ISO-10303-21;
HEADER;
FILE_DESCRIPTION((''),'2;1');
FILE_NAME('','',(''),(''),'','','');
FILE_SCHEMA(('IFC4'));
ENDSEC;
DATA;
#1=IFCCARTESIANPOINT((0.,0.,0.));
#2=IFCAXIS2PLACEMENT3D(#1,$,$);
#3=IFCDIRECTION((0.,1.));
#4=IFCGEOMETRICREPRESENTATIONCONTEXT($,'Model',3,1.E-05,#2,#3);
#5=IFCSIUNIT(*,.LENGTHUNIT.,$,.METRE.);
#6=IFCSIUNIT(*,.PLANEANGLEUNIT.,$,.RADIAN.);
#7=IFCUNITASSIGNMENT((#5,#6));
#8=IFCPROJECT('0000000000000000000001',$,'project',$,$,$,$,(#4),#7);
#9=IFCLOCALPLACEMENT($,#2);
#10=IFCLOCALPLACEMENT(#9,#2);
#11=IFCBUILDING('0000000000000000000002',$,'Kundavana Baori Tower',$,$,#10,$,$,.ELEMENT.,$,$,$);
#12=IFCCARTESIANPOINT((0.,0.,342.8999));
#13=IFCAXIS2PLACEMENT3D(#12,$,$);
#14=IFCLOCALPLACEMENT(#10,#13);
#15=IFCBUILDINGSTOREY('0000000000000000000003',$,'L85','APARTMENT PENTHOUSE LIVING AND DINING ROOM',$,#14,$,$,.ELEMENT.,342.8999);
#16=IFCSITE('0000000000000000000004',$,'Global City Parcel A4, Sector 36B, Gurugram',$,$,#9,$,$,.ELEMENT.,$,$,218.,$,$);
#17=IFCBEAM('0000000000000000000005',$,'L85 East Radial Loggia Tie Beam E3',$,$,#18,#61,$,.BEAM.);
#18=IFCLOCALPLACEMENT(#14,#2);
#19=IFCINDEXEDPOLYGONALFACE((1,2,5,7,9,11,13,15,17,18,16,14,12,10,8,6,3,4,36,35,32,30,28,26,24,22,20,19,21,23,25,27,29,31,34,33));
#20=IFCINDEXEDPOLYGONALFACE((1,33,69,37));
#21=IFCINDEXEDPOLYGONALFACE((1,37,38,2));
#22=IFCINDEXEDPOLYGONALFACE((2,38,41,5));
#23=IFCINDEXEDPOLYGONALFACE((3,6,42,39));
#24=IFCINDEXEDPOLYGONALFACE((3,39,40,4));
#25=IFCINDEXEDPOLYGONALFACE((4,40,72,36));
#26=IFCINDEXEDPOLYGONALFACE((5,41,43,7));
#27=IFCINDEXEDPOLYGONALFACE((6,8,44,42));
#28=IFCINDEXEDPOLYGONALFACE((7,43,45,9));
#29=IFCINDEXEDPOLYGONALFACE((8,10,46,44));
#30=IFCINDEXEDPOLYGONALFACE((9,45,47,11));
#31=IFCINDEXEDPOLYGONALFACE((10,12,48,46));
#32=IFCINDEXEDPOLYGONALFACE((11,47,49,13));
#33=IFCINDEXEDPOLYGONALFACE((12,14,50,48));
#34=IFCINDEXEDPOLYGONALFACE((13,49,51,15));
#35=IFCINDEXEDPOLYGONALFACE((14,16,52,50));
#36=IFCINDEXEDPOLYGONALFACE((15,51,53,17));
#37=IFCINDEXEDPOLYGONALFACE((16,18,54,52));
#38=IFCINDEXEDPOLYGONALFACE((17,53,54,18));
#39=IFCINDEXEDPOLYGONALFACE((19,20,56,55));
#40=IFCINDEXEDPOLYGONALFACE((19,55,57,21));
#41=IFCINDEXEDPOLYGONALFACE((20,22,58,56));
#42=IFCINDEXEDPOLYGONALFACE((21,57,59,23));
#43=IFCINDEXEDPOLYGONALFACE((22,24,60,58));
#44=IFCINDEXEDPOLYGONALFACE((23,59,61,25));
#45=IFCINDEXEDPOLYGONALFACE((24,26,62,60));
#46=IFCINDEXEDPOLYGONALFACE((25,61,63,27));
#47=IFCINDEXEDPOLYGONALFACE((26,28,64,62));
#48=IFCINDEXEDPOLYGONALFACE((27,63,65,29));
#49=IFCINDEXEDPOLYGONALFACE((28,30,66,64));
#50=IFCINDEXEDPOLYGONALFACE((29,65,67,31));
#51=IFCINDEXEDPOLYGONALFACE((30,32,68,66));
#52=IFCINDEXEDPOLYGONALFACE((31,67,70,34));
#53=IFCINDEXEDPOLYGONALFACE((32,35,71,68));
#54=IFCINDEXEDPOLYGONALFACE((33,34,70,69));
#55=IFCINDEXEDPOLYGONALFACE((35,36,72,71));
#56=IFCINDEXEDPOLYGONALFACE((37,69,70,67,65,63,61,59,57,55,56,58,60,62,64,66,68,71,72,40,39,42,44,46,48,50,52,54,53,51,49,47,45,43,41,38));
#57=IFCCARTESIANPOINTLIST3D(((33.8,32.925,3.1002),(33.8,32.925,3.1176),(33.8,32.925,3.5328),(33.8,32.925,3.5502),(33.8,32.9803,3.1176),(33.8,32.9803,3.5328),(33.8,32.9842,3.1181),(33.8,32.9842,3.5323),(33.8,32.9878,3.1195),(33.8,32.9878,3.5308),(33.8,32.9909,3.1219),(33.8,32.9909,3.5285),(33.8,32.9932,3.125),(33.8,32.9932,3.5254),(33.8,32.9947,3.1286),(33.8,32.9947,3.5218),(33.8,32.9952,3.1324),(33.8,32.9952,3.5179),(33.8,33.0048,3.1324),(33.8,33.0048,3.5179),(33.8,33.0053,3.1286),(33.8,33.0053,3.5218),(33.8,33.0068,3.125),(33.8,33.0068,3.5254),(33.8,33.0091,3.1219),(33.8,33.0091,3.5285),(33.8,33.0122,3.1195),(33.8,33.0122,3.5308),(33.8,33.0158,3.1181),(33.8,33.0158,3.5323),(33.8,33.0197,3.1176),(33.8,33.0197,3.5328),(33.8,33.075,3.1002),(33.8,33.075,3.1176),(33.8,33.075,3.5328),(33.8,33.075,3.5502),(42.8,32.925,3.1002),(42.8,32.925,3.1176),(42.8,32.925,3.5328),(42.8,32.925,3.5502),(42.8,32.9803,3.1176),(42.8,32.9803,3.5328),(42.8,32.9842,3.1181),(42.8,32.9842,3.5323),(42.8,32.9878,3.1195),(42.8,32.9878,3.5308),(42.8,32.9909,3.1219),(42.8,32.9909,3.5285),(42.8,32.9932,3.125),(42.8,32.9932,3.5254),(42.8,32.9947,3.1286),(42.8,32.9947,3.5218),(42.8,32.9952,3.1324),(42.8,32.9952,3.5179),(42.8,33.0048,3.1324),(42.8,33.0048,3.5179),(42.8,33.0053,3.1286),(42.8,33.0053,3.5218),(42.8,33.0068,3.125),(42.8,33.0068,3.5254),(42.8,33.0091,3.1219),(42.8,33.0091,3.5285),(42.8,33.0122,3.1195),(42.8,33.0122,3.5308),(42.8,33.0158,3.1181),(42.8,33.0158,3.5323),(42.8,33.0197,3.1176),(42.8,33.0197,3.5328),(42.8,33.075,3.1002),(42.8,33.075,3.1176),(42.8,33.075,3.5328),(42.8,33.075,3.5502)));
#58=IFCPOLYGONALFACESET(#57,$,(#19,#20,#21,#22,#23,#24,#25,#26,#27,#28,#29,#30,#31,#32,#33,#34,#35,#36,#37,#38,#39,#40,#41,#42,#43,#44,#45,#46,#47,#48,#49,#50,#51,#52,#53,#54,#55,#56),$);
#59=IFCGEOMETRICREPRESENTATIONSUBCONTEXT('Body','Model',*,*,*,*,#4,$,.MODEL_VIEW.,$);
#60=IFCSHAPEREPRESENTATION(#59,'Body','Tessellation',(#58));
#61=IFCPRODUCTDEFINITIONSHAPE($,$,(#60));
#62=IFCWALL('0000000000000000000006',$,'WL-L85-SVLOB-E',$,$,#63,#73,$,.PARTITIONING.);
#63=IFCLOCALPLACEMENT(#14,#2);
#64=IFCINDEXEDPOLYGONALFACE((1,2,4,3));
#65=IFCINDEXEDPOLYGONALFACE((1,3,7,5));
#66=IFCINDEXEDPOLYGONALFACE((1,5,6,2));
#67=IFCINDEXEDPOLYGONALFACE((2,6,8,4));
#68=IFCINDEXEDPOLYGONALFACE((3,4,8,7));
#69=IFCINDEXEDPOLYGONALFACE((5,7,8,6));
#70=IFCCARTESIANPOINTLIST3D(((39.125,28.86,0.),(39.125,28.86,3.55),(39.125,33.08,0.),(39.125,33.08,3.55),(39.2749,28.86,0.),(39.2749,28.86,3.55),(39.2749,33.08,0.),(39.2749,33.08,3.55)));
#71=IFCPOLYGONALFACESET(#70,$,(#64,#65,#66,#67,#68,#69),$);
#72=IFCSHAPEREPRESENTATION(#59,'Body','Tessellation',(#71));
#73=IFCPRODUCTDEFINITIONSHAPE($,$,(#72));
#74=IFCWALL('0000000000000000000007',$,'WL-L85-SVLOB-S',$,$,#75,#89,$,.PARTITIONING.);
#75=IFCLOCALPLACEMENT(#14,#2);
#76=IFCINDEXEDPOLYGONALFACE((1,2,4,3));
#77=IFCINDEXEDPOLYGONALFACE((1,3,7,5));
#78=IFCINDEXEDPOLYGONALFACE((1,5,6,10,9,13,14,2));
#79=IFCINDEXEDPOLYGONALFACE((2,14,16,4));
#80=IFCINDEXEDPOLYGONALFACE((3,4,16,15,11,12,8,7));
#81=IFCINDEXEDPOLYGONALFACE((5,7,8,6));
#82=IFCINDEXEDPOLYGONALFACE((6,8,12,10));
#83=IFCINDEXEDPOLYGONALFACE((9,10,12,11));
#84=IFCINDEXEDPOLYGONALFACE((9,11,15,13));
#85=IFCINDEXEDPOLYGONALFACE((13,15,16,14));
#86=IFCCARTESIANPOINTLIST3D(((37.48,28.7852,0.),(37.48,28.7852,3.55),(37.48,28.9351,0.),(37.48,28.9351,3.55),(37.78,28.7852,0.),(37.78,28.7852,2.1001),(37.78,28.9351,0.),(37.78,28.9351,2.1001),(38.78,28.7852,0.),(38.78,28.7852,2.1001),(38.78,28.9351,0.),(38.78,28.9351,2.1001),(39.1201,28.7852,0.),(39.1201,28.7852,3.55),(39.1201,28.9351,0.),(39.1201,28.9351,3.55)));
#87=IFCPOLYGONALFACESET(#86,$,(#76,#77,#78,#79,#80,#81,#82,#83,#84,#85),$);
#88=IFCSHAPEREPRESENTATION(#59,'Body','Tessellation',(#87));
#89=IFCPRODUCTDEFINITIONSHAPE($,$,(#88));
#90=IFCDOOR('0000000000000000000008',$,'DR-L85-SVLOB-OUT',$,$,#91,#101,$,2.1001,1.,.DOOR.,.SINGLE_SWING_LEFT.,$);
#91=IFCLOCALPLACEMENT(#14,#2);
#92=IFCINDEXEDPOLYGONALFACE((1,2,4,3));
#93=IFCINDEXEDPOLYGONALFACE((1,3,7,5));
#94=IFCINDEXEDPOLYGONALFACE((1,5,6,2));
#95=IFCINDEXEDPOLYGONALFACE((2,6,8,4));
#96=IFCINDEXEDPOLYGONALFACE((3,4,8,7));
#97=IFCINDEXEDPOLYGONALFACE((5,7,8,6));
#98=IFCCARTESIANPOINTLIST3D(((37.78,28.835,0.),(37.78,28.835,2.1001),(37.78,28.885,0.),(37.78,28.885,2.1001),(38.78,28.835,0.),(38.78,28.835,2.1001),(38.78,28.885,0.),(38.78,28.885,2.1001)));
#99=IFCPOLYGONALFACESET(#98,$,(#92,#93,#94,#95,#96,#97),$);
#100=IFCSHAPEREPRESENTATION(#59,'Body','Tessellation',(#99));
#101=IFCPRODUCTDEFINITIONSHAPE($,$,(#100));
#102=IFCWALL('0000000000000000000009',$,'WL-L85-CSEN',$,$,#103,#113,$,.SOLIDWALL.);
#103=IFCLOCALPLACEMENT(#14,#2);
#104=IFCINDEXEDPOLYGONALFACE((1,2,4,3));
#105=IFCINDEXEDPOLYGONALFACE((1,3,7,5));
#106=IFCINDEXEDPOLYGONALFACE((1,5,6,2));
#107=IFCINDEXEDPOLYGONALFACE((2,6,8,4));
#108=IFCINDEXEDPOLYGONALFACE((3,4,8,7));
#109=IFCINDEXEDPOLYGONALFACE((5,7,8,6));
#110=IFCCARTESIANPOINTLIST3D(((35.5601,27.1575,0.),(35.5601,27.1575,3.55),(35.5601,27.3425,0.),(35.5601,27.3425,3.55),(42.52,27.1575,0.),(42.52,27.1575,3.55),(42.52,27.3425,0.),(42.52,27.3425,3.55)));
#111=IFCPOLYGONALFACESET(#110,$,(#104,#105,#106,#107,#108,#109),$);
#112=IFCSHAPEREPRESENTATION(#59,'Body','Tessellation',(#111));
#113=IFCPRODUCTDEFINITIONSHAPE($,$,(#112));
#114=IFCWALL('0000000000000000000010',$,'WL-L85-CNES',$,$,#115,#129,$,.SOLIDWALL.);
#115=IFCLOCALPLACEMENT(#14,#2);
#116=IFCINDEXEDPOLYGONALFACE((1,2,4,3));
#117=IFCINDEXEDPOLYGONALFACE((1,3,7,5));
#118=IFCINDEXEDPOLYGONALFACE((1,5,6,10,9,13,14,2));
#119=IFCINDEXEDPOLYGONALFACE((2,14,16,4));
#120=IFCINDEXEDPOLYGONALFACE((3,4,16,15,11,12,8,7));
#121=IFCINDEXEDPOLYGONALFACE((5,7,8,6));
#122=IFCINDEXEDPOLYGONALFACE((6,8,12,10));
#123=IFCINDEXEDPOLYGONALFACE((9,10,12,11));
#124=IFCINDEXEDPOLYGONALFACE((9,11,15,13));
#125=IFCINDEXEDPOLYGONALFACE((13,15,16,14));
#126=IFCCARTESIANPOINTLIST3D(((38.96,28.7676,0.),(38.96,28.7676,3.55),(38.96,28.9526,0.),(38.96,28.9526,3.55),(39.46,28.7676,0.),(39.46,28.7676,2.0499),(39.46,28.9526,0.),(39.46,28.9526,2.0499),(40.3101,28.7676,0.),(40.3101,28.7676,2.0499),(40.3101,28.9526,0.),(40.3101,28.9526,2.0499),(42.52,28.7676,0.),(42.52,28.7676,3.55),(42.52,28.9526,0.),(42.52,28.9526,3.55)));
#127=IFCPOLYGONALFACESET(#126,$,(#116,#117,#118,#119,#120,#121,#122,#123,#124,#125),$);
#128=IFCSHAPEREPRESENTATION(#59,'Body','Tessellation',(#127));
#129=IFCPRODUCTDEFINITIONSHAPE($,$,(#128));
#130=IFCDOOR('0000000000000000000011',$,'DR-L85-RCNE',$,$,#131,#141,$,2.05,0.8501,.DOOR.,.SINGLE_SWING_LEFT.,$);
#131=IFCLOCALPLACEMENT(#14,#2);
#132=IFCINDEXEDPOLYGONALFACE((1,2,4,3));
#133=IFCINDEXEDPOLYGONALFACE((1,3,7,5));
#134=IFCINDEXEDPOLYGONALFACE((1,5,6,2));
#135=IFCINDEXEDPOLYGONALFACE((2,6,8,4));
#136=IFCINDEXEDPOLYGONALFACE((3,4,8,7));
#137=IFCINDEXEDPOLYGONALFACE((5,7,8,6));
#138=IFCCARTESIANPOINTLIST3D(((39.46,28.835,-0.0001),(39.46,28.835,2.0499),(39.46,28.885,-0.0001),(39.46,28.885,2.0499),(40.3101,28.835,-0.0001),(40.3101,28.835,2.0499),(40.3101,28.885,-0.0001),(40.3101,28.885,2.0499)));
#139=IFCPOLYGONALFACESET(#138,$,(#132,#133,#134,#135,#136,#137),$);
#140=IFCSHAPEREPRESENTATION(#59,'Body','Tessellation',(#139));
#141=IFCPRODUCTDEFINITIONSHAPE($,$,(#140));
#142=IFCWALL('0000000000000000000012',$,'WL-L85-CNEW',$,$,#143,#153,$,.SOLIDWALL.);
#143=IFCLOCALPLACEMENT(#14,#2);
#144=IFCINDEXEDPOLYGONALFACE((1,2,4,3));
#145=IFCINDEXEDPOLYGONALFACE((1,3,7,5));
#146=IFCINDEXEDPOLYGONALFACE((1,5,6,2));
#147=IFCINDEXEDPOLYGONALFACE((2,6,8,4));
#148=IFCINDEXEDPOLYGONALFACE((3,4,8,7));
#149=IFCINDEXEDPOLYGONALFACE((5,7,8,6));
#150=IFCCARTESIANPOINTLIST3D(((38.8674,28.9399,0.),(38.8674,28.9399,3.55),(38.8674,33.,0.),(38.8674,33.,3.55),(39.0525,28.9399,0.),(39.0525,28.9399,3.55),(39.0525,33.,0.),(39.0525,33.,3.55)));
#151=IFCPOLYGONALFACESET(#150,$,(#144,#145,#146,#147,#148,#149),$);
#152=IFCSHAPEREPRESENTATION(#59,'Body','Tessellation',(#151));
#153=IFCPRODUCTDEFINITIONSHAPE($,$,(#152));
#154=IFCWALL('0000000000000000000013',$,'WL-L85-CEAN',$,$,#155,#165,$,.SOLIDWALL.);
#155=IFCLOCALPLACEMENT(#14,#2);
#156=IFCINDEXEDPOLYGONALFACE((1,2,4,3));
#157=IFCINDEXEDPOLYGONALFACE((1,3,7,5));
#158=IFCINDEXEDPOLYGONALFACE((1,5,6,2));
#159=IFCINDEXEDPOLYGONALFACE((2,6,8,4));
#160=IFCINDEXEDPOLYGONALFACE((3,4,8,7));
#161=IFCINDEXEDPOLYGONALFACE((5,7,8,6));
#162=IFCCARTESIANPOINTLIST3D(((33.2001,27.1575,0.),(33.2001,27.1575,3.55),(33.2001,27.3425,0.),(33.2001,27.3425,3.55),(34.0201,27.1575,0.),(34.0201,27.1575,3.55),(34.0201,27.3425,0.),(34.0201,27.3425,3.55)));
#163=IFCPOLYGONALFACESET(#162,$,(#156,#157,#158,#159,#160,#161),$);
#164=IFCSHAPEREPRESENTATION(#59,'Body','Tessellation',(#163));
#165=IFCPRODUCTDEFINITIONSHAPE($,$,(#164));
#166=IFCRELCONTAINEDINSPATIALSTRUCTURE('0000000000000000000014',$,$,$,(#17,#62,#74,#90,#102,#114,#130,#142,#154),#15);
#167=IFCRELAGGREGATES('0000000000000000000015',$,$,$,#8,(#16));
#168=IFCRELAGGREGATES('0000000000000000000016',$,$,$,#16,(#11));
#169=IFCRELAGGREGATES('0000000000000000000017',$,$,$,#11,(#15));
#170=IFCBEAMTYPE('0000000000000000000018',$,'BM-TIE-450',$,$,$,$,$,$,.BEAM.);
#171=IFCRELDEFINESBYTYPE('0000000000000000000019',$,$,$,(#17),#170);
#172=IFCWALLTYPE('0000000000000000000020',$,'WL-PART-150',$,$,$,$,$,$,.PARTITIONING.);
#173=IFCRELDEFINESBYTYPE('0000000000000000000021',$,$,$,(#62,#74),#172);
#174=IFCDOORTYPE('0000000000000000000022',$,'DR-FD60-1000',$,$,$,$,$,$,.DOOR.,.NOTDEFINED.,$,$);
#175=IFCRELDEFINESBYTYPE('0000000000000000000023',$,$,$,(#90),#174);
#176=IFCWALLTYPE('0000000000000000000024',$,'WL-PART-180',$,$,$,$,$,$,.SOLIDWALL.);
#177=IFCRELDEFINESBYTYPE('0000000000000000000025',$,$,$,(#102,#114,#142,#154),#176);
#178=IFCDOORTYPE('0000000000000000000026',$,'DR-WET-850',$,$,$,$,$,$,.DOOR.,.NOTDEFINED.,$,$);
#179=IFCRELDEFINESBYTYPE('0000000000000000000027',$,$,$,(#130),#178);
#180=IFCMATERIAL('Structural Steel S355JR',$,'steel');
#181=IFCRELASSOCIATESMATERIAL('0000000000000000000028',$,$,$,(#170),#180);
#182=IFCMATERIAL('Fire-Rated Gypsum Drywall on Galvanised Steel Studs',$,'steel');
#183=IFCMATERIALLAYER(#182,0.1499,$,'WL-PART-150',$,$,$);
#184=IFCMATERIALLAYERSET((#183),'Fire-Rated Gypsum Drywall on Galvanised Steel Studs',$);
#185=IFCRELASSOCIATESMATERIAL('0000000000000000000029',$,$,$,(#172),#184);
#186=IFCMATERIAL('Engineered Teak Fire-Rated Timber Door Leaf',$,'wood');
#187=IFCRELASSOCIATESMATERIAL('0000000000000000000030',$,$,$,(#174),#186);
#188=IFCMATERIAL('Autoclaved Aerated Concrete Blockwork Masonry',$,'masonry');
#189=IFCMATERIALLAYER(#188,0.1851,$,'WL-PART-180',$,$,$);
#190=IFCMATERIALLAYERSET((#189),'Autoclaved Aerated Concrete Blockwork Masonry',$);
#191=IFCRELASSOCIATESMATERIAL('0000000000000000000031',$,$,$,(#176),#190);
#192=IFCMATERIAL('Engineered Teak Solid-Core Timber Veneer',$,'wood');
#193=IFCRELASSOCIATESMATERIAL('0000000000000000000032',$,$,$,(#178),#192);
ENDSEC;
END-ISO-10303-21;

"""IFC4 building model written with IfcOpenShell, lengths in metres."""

from ifc_helpers import new_model, si_unit, direction, frame, frame_2d, origin, origin_2d, place, context, subcontext, project, spatial, rectangle, i_section, extrude, material, layer, layer_set, material_profile, profile_set, type_object, element, fill, save


model = new_model("IFC4")

# Units and contexts
model_context = context("Model", 3, precision=1e-05, world=origin(), true_north=direction((0.0, 1.0)))
body_context = subcontext(model_context, "Body", "Model", "MODEL_VIEW")
ifc_project = project(units=[si_unit("LENGTHUNIT", "METRE"), si_unit("PLANEANGLEUNIT", "RADIAN")], contexts=[model_context])

# Site, building, storey
site_placement = place(None, origin())
site = spatial("IfcSite", under=ifc_project, at=site_placement, Name="Global City Parcel A4, Sector 36B, Gurugram", CompositionType="ELEMENT", RefElevation=218.0)
building_placement = place(site_placement, origin())
building = spatial("IfcBuilding", under=site, at=building_placement, Name="Kundavana Baori Tower", CompositionType="ELEMENT")
storey_placement = place(building_placement, frame((0.0, 0.0, 342.8999)))
storey = spatial("IfcBuildingStorey", under=building, at=storey_placement, Name="L85", Description="APARTMENT PENTHOUSE LIVING AND DINING ROOM", CompositionType="ELEMENT", Elevation=342.8999)

# Beam
ifc_material_1 = material(Name="Structural Steel S355JR", Category="steel")
ifc_material_profile_1 = material_profile(ifc_material_1, i_section(OverallWidth=0.1499, OverallDepth=0.45, WebThickness=0.0095, FlangeThickness=0.0173, FilletRadius=0.0149, at=origin_2d()), Name="ISMB 450")
ifc_profile_set_1 = profile_set([ifc_material_profile_1], Name="Structural Steel S355JR")
beam_type_1 = type_object("IfcBeamType", Name="BM-TIE-450", PredefinedType="BEAM", material=ifc_profile_set_1)
beam_1_placement = place(storey_placement, frame((33.8, 33.0, 3.3252), z_axis=(1.0, 0.0, 0.0), x_axis=(0.0, 1.0, 0.0)))
element("IfcBeam", 1, at=beam_1_placement, inside=storey, type_object=beam_type_1, Name="L85 East Radial Loggia Tie Beam E3", PredefinedType="BEAM", context=body_context, shape_type="SweptSolid", body=[
    extrude(i_section(OverallWidth=0.1499, OverallDepth=0.45, WebThickness=0.0095, FlangeThickness=0.0173, FilletRadius=0.0149, at=origin_2d()), origin(), (0.0, 0.0, 1.0), 9.0),
])

# Wall
ifc_material_2 = material(Name="Fire-Rated Gypsum Drywall on Galvanised Steel Studs", Category="steel")
ifc_layer_1 = layer(ifc_material_2, 0.1499, Name="WL-PART-150")
ifc_layer_set_1 = layer_set([ifc_layer_1], Name="Fire-Rated Gypsum Drywall on Galvanised Steel Studs")
wall_type_1 = type_object("IfcWallType", Name="WL-PART-150", PredefinedType="PARTITIONING", material=ifc_layer_set_1)
wall_1_placement = place(storey_placement, frame((39.2, 28.8601, 0.0), z_axis=(0.0, 0.0, 1.0), x_axis=(0.0, 1.0, 0.0)))
element("IfcWall", 2, at=wall_1_placement, inside=storey, type_object=wall_type_1, Name="WL-L85-SVLOB-E", PredefinedType="PARTITIONING", context=body_context, shape_type="SweptSolid", body=[
    extrude(rectangle(XDim=4.22, YDim=0.1499, at=frame_2d((2.1099, 0.0))), origin(), (0.0, 0.0, 1.0), 3.55),
])

# Wall, opening, door
wall_2_placement = place(storey_placement, frame((37.48, 28.8601, 0.0), z_axis=(0.0, 0.0, 1.0), x_axis=(1.0, 0.0, 0.0)))
wall_2 = element("IfcWall", 3, at=wall_2_placement, inside=storey, type_object=wall_type_1, Name="WL-L85-SVLOB-S", PredefinedType="PARTITIONING", context=body_context, shape_type="SweptSolid", body=[
    extrude(rectangle(XDim=1.6401, YDim=0.1499, at=frame_2d((0.8201, 0.0))), origin(), (0.0, 0.0, 1.0), 3.55),
])
opening_1_placement = place(wall_2_placement, frame((0.3, 0.0, 0.0)))
opening_1 = element("IfcOpeningElement", 4, at=opening_1_placement, cuts=wall_2, PredefinedType="OPENING", context=body_context, shape_type="SweptSolid", body=[
    extrude(rectangle(XDim=1.0, YDim=2.1001, at=frame_2d((0.5, 1.05))), frame((0.0, 0.085, 0.0), z_axis=(0.0, -1.0, 0.0), x_axis=(1.0, 0.0, 0.0)), (0.0, 0.0, 1.0), 0.1699),
])
ifc_material_3 = material(Name="Engineered Teak Fire-Rated Timber Door Leaf", Category="wood")
door_type_1 = type_object("IfcDoorType", Name="DR-FD60-1000", OperationType="NOTDEFINED", PredefinedType="DOOR", material=ifc_material_3)
door_1_placement = place(opening_1_placement, origin())
door_1 = element("IfcDoor", 5, at=door_1_placement, inside=storey, type_object=door_type_1, Name="DR-L85-SVLOB-OUT", OperationType="SINGLE_SWING_LEFT", OverallHeight=2.1001, OverallWidth=1.0, PredefinedType="DOOR", context=body_context, shape_type="SweptSolid", body=[
    extrude(rectangle(XDim=1.0, YDim=2.1001, at=frame_2d((0.5, 1.05))), frame((0.0, 0.0249, 0.0), z_axis=(0.0, -1.0, 0.0), x_axis=(1.0, 0.0, 0.0)), (0.0, 0.0, 1.0), 0.05),
])
fill(opening_1, door_1)

# Wall
ifc_material_4 = material(Name="Autoclaved Aerated Concrete Blockwork Masonry", Category="masonry")
ifc_layer_2 = layer(ifc_material_4, 0.1851, Name="WL-PART-180")
ifc_layer_set_2 = layer_set([ifc_layer_2], Name="Autoclaved Aerated Concrete Blockwork Masonry")
wall_type_2 = type_object("IfcWallType", Name="WL-PART-180", PredefinedType="SOLIDWALL", material=ifc_layer_set_2)
wall_3_placement = place(storey_placement, frame((35.5601, 27.25, 0.0), z_axis=(0.0, 0.0, 1.0), x_axis=(1.0, 0.0, 0.0)))
element("IfcWall", 6, at=wall_3_placement, inside=storey, type_object=wall_type_2, Name="WL-L85-CSEN", PredefinedType="SOLIDWALL", context=body_context, shape_type="SweptSolid", body=[
    extrude(rectangle(XDim=6.96, YDim=0.1851, at=frame_2d((3.48, 0.0))), origin(), (0.0, 0.0, 1.0), 3.55),
])

# Wall, opening, door
wall_4_placement = place(storey_placement, frame((38.96, 28.8601, 0.0), z_axis=(0.0, 0.0, 1.0), x_axis=(1.0, 0.0, 0.0)))
wall_4 = element("IfcWall", 7, at=wall_4_placement, inside=storey, type_object=wall_type_2, Name="WL-L85-CNES", PredefinedType="SOLIDWALL", context=body_context, shape_type="SweptSolid", body=[
    extrude(rectangle(XDim=3.5601, YDim=0.1851, at=frame_2d((1.78, 0.0))), origin(), (0.0, 0.0, 1.0), 3.55),
])
opening_2_placement = place(wall_4_placement, frame((0.5, 0.0, 0.0)))
opening_2 = element("IfcOpeningElement", 8, at=opening_2_placement, cuts=wall_4, PredefinedType="OPENING", context=body_context, shape_type="SweptSolid", body=[
    extrude(rectangle(XDim=0.8501, YDim=2.05, at=frame_2d((0.425, 1.0249))), frame((0.0, 0.1025, 0.0), z_axis=(0.0, -1.0, 0.0), x_axis=(1.0, 0.0, 0.0)), (0.0, 0.0, 1.0), 0.2051),
])
ifc_material_5 = material(Name="Engineered Teak Solid-Core Timber Veneer", Category="wood")
door_type_2 = type_object("IfcDoorType", Name="DR-WET-850", OperationType="NOTDEFINED", PredefinedType="DOOR", material=ifc_material_5)
door_2_placement = place(opening_2_placement, origin())
door_2 = element("IfcDoor", 9, at=door_2_placement, inside=storey, type_object=door_type_2, Name="DR-L85-RCNE", OperationType="SINGLE_SWING_LEFT", OverallHeight=2.05, OverallWidth=0.8501, PredefinedType="DOOR", context=body_context, shape_type="SweptSolid", body=[
    extrude(rectangle(XDim=0.8501, YDim=2.05, at=frame_2d((0.425, 1.0249))), frame((0.0, 0.0249, 0.0), z_axis=(0.0, -1.0, 0.0), x_axis=(1.0, 0.0, 0.0)), (0.0, 0.0, 1.0), 0.05),
])
fill(opening_2, door_2)

# Walls
wall_5_placement = place(storey_placement, frame((38.96, 28.9399, 0.0), z_axis=(0.0, 0.0, 1.0), x_axis=(0.0, 1.0, 0.0)))
element("IfcWall", 10, at=wall_5_placement, inside=storey, type_object=wall_type_2, Name="WL-L85-CNEW", PredefinedType="SOLIDWALL", context=body_context, shape_type="SweptSolid", body=[
    extrude(rectangle(XDim=4.0601, YDim=0.1851, at=frame_2d((2.03, 0.0))), origin(), (0.0, 0.0, 1.0), 3.55),
])
wall_6_placement = place(storey_placement, frame((33.2, 27.25, 0.0), z_axis=(0.0, 0.0, 1.0), x_axis=(1.0, 0.0, 0.0)))
element("IfcWall", 11, at=wall_6_placement, inside=storey, type_object=wall_type_2, Name="WL-L85-CEAN", PredefinedType="SOLIDWALL", context=body_context, shape_type="SweptSolid", body=[
    extrude(rectangle(XDim=0.8201, YDim=0.1851, at=frame_2d((0.4102, 0.0))), origin(), (0.0, 0.0, 1.0), 3.55),
])

save(model, "model.ifc")
